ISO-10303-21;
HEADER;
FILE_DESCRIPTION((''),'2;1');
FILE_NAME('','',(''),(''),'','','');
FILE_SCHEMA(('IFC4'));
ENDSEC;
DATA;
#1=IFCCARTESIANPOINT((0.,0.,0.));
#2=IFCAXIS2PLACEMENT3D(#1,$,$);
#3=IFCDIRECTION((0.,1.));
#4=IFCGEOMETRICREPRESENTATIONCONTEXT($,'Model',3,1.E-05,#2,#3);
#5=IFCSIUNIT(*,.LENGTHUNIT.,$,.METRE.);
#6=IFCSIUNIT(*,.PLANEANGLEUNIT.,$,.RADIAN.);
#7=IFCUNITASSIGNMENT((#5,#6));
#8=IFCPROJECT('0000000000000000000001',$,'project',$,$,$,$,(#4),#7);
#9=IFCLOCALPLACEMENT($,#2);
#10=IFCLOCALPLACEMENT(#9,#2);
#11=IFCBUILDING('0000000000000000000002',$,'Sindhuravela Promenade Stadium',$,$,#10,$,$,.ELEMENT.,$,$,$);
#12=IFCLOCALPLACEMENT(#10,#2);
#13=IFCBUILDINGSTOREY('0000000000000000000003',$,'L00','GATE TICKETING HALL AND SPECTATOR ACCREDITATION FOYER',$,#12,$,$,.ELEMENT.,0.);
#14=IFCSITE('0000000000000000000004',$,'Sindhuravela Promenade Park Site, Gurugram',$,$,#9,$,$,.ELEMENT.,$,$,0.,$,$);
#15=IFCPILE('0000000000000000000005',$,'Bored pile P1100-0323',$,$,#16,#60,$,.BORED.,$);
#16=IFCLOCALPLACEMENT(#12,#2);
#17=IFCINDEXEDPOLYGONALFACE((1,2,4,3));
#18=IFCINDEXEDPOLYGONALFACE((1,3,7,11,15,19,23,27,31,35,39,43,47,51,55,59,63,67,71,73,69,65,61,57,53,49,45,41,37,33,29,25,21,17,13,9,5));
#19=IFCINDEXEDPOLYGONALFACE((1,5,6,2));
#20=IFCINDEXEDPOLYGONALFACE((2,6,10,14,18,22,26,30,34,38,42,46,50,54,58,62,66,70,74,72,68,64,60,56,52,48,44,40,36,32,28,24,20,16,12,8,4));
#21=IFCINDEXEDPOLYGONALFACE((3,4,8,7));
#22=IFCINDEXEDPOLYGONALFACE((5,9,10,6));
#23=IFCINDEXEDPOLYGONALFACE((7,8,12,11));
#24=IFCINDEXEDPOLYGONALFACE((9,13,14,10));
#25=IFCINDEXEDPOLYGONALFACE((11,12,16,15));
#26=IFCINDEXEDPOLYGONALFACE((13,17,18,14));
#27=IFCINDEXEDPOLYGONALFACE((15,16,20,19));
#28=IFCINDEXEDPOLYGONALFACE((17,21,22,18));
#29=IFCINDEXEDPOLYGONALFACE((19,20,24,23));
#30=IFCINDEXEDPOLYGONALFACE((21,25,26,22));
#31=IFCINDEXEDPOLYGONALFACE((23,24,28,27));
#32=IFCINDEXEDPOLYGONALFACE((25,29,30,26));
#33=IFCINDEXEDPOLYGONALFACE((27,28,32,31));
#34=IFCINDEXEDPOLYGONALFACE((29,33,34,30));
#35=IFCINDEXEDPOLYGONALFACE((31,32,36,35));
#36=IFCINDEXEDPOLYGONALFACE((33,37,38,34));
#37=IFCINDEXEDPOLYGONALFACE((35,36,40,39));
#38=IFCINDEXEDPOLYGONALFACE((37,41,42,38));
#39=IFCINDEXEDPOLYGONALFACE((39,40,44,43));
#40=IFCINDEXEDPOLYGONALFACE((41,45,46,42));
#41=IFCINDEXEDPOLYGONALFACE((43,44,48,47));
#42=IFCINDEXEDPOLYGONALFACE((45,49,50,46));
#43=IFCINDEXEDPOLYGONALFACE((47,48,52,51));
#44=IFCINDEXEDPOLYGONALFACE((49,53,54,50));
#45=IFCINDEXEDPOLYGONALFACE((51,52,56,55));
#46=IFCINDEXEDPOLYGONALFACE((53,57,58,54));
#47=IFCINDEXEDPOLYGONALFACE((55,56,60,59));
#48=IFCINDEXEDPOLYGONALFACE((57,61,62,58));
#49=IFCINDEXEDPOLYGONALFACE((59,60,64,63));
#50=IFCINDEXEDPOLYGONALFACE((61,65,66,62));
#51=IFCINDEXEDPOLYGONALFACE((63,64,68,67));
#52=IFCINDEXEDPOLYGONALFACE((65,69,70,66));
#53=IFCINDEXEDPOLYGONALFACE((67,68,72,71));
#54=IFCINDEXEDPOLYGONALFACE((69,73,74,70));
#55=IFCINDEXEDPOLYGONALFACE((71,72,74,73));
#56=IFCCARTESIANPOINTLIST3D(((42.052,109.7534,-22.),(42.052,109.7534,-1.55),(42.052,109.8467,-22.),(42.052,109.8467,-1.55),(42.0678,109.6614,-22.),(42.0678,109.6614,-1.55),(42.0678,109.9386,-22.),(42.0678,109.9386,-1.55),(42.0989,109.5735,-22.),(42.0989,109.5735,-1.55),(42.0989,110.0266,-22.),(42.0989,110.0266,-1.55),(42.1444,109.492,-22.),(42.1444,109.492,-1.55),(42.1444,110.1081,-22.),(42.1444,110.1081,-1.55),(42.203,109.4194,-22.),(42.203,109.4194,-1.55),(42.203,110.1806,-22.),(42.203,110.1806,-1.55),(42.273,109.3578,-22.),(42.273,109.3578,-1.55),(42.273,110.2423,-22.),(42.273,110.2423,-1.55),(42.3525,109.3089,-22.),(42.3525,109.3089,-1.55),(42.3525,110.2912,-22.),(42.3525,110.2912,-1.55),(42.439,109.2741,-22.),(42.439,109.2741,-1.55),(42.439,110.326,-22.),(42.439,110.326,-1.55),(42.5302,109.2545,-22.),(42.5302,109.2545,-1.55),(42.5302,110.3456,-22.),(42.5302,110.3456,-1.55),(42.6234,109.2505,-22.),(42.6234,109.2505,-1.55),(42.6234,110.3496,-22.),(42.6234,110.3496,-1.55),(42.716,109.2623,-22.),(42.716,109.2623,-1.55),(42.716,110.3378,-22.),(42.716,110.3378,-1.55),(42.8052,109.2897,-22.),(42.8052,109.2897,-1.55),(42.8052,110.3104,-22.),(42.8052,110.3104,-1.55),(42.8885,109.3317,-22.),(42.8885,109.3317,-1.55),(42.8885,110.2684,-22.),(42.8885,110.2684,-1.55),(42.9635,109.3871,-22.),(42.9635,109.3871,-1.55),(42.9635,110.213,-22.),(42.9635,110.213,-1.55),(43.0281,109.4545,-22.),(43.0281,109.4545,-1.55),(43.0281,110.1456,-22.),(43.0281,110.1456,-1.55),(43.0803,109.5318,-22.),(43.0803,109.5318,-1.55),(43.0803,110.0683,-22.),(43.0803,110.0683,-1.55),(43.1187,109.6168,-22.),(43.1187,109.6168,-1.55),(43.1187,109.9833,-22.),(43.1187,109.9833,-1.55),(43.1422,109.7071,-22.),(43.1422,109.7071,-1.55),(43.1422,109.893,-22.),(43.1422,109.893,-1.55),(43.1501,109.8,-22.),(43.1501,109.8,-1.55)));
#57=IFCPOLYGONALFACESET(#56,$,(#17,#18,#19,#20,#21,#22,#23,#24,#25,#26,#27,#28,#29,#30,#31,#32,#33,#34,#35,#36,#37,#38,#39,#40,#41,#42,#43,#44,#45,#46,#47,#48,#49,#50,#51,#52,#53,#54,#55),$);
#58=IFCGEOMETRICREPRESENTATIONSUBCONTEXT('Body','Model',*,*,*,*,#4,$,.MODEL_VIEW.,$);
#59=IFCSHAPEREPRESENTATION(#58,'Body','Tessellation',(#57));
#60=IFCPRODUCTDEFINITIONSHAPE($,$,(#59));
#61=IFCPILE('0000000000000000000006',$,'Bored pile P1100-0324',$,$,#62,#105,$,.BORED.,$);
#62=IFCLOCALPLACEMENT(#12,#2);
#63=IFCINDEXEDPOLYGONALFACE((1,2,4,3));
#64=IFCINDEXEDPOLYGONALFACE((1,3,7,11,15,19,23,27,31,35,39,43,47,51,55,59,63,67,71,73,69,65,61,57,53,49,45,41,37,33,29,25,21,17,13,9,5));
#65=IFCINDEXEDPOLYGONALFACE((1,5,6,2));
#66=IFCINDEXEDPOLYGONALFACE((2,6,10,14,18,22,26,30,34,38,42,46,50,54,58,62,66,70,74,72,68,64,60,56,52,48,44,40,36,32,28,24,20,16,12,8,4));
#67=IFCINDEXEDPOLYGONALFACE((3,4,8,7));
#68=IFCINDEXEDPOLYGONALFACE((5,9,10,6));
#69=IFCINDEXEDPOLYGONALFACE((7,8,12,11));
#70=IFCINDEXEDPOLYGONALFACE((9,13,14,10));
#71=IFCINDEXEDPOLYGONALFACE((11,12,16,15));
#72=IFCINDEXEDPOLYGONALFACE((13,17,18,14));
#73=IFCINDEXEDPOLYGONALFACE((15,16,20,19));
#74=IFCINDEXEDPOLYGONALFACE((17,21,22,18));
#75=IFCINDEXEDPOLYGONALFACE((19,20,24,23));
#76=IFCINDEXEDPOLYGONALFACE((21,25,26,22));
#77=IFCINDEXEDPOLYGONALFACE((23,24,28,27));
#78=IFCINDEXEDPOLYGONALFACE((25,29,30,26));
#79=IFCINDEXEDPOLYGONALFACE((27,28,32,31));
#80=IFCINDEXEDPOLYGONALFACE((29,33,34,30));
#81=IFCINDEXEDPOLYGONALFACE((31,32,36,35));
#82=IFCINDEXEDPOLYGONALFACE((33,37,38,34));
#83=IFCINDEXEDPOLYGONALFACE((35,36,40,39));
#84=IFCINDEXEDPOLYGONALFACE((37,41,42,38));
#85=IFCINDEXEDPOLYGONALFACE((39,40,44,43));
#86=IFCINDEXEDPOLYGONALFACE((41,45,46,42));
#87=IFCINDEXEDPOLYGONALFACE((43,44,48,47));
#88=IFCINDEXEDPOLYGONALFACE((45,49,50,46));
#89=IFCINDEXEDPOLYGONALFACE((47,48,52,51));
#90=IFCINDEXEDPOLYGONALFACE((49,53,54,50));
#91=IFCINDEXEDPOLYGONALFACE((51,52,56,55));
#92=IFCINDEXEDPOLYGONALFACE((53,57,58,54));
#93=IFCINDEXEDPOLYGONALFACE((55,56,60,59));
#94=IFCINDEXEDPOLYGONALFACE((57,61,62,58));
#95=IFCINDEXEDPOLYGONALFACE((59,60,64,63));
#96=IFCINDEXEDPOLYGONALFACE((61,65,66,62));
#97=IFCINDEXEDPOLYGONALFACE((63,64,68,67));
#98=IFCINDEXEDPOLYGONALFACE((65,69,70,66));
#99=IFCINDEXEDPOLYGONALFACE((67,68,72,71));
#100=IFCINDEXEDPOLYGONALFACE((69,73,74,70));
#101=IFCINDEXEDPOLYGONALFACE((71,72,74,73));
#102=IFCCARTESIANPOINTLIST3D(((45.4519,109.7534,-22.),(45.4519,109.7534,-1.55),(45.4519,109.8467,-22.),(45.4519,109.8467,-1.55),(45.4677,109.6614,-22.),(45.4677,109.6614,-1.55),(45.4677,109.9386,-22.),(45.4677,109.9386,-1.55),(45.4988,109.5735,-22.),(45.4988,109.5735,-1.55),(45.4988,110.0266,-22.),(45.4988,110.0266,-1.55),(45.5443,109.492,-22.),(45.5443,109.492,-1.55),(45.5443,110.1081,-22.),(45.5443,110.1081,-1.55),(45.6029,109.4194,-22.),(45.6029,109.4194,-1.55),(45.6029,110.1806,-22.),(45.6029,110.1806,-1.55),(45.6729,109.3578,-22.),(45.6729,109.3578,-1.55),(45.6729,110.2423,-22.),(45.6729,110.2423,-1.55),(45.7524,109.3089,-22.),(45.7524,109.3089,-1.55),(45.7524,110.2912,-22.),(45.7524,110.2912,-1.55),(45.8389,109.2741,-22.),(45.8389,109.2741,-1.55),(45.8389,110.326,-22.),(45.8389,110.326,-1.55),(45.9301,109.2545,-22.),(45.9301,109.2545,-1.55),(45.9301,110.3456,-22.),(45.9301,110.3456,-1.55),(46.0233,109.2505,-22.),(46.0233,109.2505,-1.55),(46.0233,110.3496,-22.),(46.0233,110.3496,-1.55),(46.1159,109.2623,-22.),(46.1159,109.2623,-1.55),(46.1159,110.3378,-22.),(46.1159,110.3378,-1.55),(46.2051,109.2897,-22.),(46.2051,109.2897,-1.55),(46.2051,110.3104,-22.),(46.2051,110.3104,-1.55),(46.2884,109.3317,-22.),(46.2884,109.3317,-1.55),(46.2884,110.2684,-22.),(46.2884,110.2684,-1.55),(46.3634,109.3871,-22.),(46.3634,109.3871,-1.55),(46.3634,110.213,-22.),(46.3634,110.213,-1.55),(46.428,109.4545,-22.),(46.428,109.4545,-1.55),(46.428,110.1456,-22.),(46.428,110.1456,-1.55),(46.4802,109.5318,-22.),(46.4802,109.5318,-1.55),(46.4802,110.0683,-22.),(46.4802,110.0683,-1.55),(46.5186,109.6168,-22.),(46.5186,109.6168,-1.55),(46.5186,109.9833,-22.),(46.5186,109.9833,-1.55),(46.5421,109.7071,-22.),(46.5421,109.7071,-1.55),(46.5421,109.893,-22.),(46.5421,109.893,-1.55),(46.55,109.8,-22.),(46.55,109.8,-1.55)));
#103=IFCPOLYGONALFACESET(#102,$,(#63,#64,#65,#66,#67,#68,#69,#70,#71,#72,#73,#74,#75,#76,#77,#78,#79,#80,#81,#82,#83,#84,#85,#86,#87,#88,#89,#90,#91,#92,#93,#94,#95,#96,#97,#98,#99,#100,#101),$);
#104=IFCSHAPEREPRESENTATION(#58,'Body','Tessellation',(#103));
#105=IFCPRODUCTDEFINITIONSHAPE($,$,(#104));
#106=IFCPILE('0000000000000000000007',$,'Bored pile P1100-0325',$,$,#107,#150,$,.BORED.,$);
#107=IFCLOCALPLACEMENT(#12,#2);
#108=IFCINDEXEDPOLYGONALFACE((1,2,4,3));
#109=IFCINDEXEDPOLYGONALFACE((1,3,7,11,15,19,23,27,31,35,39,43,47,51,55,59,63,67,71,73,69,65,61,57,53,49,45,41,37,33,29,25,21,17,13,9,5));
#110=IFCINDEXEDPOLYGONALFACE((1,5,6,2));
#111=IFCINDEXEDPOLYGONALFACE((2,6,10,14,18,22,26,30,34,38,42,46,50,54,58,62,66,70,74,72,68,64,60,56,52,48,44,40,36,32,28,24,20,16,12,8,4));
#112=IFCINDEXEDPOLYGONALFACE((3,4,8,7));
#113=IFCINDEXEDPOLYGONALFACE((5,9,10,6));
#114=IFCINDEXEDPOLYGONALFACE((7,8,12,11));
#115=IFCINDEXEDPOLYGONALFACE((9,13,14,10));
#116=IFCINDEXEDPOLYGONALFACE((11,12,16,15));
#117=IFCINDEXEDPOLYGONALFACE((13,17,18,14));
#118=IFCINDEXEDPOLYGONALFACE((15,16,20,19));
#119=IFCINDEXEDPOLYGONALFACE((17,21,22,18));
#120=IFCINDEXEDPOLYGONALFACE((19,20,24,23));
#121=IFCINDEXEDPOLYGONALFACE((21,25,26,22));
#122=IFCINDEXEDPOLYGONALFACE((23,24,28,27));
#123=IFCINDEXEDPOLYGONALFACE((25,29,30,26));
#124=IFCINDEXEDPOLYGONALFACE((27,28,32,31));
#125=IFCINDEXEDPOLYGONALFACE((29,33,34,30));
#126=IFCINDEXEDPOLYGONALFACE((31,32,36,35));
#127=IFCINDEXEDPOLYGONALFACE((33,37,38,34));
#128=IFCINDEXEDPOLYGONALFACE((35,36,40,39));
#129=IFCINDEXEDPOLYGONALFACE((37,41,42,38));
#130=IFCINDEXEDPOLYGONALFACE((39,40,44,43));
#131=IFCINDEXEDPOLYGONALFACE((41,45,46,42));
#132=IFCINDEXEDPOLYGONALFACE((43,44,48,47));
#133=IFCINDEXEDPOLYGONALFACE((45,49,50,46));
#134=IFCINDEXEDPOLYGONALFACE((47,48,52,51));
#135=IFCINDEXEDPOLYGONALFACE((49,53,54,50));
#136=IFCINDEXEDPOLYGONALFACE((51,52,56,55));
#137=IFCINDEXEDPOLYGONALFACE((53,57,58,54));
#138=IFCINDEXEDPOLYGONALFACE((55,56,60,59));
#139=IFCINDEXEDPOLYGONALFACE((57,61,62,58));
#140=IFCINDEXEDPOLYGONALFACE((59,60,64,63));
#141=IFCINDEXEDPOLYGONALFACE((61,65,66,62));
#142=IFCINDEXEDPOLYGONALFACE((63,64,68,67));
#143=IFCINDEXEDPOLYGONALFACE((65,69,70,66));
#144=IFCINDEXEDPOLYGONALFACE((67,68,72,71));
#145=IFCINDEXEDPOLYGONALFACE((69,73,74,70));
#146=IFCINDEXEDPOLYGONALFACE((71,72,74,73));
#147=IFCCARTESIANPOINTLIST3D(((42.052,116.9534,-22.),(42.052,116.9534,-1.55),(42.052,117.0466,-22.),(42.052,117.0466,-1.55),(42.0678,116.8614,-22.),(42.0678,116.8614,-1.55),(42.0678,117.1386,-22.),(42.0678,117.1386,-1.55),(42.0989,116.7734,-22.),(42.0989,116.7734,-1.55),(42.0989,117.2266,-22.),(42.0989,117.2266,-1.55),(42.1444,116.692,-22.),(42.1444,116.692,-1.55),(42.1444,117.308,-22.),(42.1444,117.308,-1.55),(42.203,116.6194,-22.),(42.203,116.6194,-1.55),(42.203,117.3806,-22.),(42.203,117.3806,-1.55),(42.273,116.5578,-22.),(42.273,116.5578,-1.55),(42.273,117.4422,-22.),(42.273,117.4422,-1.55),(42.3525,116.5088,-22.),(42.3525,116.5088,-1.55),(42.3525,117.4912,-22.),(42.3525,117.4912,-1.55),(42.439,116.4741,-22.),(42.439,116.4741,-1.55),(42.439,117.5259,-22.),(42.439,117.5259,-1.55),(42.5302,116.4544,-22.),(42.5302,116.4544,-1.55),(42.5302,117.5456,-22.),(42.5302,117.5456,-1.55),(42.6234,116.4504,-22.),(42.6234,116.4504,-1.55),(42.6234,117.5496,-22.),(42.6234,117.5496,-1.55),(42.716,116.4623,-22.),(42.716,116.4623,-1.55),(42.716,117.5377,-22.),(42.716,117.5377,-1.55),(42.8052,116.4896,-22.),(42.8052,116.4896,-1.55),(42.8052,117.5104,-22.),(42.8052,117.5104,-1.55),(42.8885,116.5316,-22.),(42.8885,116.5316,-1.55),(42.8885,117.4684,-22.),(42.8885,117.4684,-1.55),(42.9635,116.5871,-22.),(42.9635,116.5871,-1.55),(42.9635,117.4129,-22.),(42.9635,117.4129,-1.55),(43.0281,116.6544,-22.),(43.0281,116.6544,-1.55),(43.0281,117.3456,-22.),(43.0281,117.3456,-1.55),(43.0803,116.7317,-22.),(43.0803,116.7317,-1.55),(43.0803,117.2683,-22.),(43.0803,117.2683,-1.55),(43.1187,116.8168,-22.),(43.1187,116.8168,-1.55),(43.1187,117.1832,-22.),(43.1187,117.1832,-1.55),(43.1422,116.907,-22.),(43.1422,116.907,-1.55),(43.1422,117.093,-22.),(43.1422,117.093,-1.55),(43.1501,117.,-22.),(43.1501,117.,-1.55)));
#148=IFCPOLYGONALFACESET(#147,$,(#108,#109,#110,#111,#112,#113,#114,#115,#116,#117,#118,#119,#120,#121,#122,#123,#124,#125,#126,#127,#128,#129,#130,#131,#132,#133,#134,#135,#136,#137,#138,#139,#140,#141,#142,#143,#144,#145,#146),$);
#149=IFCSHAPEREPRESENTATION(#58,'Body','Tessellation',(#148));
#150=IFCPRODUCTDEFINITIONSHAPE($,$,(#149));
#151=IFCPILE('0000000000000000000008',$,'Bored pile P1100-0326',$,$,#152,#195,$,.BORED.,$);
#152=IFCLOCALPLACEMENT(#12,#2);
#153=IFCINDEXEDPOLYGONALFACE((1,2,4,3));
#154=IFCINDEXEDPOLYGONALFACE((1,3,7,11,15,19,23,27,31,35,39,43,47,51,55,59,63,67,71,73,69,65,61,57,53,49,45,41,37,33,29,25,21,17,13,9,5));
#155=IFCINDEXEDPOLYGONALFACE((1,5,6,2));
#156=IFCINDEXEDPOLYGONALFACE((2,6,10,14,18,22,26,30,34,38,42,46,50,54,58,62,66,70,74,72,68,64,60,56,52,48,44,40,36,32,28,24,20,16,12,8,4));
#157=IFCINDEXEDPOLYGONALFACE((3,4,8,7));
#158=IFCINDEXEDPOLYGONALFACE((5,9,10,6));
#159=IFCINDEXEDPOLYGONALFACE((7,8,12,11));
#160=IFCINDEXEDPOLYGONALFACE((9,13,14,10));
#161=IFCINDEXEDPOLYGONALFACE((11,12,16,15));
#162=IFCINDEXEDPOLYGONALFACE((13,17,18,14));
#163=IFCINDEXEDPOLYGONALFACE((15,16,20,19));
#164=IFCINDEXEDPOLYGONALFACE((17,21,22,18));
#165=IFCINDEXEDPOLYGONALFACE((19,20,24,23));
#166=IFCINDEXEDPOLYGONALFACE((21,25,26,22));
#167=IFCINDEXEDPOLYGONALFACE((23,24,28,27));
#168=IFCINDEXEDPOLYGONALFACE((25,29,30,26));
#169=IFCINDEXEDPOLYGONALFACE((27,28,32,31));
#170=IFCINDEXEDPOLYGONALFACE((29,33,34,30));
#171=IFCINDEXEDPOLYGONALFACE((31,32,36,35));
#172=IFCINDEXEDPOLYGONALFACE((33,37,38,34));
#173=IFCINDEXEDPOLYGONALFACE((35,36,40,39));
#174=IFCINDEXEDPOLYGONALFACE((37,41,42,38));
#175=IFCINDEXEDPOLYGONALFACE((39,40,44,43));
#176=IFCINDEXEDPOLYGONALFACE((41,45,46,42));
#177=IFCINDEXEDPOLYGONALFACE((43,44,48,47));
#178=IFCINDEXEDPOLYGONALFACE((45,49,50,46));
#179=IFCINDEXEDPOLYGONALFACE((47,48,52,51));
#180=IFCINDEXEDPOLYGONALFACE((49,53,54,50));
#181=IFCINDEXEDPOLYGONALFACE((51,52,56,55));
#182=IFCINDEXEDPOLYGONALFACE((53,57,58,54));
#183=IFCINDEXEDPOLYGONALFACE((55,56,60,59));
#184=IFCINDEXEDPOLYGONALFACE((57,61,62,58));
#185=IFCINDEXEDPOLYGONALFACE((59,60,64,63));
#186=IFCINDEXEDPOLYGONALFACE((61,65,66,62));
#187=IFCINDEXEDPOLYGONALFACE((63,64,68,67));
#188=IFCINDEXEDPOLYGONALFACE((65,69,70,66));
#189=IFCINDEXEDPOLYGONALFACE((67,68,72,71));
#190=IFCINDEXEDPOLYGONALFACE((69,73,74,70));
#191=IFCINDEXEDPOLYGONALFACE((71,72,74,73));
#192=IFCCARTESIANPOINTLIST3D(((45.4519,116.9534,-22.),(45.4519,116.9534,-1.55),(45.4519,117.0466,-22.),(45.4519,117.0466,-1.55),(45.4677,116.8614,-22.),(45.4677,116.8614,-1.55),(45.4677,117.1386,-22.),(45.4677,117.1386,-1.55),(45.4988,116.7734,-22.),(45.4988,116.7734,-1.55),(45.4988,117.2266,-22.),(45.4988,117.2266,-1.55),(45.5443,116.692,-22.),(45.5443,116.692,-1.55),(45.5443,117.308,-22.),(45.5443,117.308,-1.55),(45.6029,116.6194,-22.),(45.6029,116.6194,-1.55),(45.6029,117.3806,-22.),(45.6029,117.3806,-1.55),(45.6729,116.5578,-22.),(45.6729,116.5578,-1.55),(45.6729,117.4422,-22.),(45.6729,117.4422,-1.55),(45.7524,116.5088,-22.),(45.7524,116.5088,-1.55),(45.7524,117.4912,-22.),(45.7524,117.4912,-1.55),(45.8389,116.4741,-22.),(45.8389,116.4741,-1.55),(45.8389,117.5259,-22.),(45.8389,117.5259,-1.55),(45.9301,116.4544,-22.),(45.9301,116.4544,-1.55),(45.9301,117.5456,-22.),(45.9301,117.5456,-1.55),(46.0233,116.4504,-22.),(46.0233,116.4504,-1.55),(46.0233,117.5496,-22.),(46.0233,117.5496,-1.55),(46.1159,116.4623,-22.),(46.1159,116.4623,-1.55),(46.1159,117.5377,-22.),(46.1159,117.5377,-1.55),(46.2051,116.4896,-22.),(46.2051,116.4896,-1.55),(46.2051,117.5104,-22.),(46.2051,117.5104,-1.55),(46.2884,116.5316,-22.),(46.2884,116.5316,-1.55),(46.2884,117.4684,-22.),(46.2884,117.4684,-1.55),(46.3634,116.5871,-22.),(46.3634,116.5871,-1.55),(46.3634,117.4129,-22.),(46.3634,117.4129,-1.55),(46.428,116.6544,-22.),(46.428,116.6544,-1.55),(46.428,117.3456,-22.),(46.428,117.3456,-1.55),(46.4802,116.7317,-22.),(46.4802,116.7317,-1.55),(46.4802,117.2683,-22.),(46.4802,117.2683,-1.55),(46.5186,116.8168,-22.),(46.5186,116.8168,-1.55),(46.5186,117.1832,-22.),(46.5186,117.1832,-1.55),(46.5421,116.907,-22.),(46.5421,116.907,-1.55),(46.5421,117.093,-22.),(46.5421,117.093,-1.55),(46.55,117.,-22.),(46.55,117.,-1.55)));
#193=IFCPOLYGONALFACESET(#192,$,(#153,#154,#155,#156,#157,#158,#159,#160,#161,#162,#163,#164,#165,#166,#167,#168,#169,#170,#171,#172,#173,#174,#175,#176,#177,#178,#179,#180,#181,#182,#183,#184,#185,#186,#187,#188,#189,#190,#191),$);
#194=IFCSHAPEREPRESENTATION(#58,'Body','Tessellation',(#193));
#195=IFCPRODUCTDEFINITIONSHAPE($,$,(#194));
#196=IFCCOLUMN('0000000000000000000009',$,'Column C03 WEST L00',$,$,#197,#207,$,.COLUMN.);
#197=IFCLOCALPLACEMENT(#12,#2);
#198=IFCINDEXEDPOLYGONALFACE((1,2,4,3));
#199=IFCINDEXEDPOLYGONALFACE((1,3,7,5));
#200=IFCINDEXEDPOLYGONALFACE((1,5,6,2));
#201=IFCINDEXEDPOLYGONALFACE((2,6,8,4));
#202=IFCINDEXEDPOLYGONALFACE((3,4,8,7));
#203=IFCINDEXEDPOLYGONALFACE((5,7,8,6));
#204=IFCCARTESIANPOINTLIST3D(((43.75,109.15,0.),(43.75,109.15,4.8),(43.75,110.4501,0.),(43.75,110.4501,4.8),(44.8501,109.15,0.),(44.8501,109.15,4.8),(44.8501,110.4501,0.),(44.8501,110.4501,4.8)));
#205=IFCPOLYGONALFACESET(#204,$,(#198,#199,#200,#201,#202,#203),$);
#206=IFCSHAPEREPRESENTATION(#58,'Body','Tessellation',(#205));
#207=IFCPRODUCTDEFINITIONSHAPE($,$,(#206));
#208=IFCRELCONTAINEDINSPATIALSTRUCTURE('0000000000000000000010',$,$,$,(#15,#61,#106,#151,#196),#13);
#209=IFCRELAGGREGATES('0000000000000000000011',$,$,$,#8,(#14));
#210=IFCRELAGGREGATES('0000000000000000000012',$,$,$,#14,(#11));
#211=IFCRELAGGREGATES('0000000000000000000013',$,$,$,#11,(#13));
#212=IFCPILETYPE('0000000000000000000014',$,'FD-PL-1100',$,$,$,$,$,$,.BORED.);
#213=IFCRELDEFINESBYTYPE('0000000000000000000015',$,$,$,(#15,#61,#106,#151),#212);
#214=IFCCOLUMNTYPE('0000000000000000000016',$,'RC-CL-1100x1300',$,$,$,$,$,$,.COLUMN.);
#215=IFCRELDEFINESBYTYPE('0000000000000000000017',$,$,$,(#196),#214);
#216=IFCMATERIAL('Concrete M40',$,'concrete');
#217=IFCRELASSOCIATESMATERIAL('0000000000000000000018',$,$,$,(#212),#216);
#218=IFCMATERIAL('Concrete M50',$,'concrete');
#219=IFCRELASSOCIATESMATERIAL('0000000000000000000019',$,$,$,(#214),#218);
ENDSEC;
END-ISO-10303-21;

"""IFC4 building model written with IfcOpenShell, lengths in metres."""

from ifc_helpers import new_model, si_unit, direction, frame, origin, origin_2d, place, context, subcontext, project, spatial, rectangle, circle, extrude, material, material_profile, profile_set, type_object, element, save


model = new_model("IFC4")

# Units and contexts
model_context = context("Model", 3, precision=1e-05, world=origin(), true_north=direction((0.0, 1.0)))
body_context = subcontext(model_context, "Body", "Model", "MODEL_VIEW")
ifc_project = project(units=[si_unit("LENGTHUNIT", "METRE"), si_unit("PLANEANGLEUNIT", "RADIAN")], contexts=[model_context])

# Site, building, storey
site_placement = place(None, origin())
site = spatial("IfcSite", under=ifc_project, at=site_placement, Name="Sindhuravela Promenade Park Site, Gurugram", CompositionType="ELEMENT", RefElevation=0.0)
building_placement = place(site_placement, origin())
building = spatial("IfcBuilding", under=site, at=building_placement, Name="Sindhuravela Promenade Stadium", CompositionType="ELEMENT")
storey_placement = place(building_placement, origin())
storey = spatial("IfcBuildingStorey", under=building, at=storey_placement, Name="L00", Description="GATE TICKETING HALL AND SPECTATOR ACCREDITATION FOYER", CompositionType="ELEMENT", Elevation=0.0)

# Shared definitions
ifc_material_1 = material(Name="Concrete M50", Category="concrete")

# Piles
ifc_material_2 = material(Name="Concrete M40", Category="concrete")
ifc_material_profile_1 = material_profile(ifc_material_2, circle(Radius=0.55, at=origin_2d()), Name="BORED PILE D1100")
ifc_profile_set_1 = profile_set([ifc_material_profile_1], Name="Concrete M40")
pile_type = type_object("IfcPileType", Name="FD-PL-1100", PredefinedType="BORED", material=ifc_profile_set_1)
for number, where, z_axis, x_axis, name in (
    (1, (42.6001, 109.8, -1.55), (0.0, 0.0, -1.0), (1.0, 0.0, 0.0), "Bored pile P1100-0323"),
    (2, (46.0, 109.8, -1.55), (0.0, 0.0, -1.0), (1.0, 0.0, 0.0), "Bored pile P1100-0324"),
    (3, (42.6001, 117.0, -1.55), (0.0, 0.0, -1.0), (1.0, 0.0, 0.0), "Bored pile P1100-0325"),
    (4, (46.0, 117.0, -1.55), (0.0, 0.0, -1.0), (1.0, 0.0, 0.0), "Bored pile P1100-0326"),
):
    element("IfcPile", number, at=place(storey_placement, frame(where, z_axis=z_axis, x_axis=x_axis)), inside=storey, type_object=pile_type, Name=name, PredefinedType="BORED", context=body_context, shape_type="SweptSolid", body=[
        extrude(circle(Radius=0.55, at=origin_2d()), origin(), (0.0, 0.0, 1.0), 20.45),
    ])

# Column
ifc_material_profile_2 = material_profile(ifc_material_1, rectangle(XDim=1.1001, YDim=1.3, at=origin_2d()), Name="RC 1100x1300")
ifc_profile_set_2 = profile_set([ifc_material_profile_2], Name="Concrete M50")
column_type_1 = type_object("IfcColumnType", Name="RC-CL-1100x1300", PredefinedType="COLUMN", material=ifc_profile_set_2)
for number, where, z_axis, x_axis, name in (
    (5, (44.3, 109.8, 0.0), (0.0, 0.0, 1.0), (1.0, 0.0, 0.0), "Column C03 WEST L00"),
):
    element("IfcColumn", number, at=place(storey_placement, frame(where, z_axis=z_axis, x_axis=x_axis)), inside=storey, type_object=column_type_1, Name=name, PredefinedType="COLUMN", context=body_context, shape_type="SweptSolid", body=[
        extrude(rectangle(XDim=1.1001, YDim=1.3, at=origin_2d()), origin(), (0.0, 0.0, 1.0), 4.8),
    ])

save(model, "model.ifc")
